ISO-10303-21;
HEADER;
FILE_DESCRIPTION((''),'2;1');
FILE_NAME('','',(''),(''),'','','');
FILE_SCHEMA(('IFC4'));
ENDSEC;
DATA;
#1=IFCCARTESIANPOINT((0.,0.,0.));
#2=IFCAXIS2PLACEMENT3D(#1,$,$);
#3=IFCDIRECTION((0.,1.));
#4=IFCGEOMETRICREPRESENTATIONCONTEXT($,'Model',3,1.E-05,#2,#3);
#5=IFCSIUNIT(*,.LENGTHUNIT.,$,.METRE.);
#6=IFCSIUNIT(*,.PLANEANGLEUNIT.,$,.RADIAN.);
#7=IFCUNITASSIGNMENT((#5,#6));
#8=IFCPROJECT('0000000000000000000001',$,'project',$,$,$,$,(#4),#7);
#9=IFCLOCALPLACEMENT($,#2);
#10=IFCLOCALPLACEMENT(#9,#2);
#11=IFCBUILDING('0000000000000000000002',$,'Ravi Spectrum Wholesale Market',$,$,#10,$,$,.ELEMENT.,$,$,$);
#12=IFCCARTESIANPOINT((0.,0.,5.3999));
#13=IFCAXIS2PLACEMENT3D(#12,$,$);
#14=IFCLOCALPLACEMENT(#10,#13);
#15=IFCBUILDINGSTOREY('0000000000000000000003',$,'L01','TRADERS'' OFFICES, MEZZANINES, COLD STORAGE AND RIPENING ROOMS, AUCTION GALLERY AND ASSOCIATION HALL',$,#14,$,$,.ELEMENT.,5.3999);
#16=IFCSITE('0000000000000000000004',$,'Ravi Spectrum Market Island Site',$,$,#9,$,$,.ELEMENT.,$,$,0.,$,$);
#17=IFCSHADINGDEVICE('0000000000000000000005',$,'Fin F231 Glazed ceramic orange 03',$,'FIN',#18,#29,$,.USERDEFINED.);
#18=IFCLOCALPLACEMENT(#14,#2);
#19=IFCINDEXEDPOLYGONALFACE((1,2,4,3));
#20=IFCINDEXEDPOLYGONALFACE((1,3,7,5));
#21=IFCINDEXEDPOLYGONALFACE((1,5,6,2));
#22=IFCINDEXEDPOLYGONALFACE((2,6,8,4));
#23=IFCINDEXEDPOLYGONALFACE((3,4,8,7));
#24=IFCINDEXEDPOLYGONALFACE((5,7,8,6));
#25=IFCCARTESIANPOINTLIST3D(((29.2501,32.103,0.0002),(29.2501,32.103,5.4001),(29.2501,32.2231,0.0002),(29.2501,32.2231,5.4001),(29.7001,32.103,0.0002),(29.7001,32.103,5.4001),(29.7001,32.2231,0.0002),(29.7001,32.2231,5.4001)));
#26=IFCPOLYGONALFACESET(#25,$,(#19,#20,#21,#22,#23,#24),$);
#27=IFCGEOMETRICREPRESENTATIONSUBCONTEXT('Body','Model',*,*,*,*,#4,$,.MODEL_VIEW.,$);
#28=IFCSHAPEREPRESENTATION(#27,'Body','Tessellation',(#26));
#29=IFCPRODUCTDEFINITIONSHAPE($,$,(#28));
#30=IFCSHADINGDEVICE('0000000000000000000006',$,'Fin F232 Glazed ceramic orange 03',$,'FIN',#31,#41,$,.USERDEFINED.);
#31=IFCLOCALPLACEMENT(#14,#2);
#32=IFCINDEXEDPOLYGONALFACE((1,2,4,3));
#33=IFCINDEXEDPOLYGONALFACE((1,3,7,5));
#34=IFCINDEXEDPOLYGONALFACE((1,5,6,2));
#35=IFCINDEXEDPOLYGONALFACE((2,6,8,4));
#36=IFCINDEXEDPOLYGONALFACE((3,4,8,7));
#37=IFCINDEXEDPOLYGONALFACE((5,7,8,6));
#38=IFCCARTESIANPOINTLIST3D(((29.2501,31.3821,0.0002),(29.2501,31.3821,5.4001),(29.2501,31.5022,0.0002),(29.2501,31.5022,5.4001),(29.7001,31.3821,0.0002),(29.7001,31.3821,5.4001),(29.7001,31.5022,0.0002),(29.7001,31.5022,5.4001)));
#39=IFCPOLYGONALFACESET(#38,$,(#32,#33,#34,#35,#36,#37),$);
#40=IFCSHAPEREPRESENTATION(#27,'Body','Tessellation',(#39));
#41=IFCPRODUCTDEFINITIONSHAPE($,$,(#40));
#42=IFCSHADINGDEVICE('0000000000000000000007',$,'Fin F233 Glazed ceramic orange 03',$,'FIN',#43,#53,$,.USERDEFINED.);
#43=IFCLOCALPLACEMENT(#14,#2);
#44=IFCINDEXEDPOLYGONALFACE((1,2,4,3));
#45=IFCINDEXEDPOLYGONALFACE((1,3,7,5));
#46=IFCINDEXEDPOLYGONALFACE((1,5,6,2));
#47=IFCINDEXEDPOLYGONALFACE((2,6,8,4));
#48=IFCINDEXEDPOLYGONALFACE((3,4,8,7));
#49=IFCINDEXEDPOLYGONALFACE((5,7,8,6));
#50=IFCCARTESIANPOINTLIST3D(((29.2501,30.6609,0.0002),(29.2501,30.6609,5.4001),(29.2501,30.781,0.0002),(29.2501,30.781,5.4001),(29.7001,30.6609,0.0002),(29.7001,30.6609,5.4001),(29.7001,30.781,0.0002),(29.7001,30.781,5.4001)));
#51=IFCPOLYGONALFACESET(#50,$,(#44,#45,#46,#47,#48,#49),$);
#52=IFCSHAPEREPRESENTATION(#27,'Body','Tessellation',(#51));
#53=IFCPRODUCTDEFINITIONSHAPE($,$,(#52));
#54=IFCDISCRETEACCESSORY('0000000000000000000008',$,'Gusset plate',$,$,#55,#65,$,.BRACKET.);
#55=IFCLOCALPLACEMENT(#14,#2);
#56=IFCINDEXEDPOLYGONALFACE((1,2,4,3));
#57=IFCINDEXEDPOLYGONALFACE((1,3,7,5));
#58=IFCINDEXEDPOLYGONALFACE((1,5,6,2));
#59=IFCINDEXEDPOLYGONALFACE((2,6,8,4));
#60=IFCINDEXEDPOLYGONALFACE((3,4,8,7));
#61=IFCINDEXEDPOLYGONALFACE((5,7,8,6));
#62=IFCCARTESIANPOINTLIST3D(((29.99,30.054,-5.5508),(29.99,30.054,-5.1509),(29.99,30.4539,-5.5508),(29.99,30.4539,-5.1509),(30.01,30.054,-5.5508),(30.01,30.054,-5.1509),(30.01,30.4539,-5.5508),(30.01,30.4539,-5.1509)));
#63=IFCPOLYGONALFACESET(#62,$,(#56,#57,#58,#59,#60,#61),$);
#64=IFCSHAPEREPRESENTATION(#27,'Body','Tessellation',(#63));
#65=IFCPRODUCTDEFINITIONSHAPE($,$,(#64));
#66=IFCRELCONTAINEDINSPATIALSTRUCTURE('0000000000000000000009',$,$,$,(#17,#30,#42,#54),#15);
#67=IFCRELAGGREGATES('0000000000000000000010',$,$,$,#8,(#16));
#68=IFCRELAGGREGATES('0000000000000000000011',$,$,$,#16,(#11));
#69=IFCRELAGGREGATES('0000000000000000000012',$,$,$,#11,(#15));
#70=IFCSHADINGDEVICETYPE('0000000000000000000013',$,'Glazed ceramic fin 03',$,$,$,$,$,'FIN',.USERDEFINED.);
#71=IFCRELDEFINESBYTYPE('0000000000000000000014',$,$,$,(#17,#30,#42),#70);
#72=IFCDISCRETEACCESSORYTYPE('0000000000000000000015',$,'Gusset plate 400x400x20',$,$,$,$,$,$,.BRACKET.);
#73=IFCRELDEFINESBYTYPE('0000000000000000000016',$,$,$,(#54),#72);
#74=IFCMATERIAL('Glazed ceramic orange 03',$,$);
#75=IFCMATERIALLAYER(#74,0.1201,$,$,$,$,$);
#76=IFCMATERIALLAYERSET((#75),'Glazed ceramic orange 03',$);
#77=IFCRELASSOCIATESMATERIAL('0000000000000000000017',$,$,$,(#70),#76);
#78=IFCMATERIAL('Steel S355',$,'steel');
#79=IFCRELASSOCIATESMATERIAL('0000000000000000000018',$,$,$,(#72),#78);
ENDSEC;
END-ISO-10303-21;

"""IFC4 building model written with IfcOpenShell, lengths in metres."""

from ifc_helpers import new_model, si_unit, direction, frame, origin, origin_2d, place, context, subcontext, project, spatial, rectangle, extrude, material, layer, layer_set, material_profile, profile_set, type_object, element, save


model = new_model("IFC4")

# Units and contexts
model_context = context("Model", 3, precision=1e-05, world=origin(), true_north=direction((0.0, 1.0)))
body_context = subcontext(model_context, "Body", "Model", "MODEL_VIEW")
ifc_project = project(units=[si_unit("LENGTHUNIT", "METRE"), si_unit("PLANEANGLEUNIT", "RADIAN")], contexts=[model_context])

# Site, building, storey
site_placement = place(None, origin())
site = spatial("IfcSite", under=ifc_project, at=site_placement, Name="Ravi Spectrum Market Island Site", CompositionType="ELEMENT", RefElevation=0.0)
building_placement = place(site_placement, origin())
building = spatial("IfcBuilding", under=site, at=building_placement, Name="Ravi Spectrum Wholesale Market", CompositionType="ELEMENT")
storey_placement = place(building_placement, frame((0.0, 0.0, 5.3999)))
storey = spatial("IfcBuildingStorey", under=building, at=storey_placement, Name="L01", Description="TRADERS' OFFICES, MEZZANINES, COLD STORAGE AND RIPENING ROOMS, AUCTION GALLERY AND ASSOCIATION HALL", CompositionType="ELEMENT", Elevation=5.3999)

# Shading devices
ifc_material_1 = material(Name="Glazed ceramic orange 03")
ifc_layer_1 = layer(ifc_material_1, 0.1201)
ifc_layer_set_1 = layer_set([ifc_layer_1], Name="Glazed ceramic orange 03")
shading_device_type = type_object("IfcShadingDeviceType", Name="Glazed ceramic fin 03", ElementType="FIN", PredefinedType="USERDEFINED", material=ifc_layer_set_1)
for number, where, z_axis, x_axis, name in (
    (1, (29.4751, 32.1631, 0.0002), (0.0, 0.0, 1.0), (0.0, -1.0, 0.0), "Fin F231 Glazed ceramic orange 03"),
    (2, (29.4751, 31.4421, 0.0002), (0.0, 0.0, 1.0), (0.0, -1.0, 0.0), "Fin F232 Glazed ceramic orange 03"),
    (3, (29.4751, 30.7209, 0.0002), (0.0, 0.0, 1.0), (0.0, -1.0, 0.0), "Fin F233 Glazed ceramic orange 03"),
):
    element("IfcShadingDevice", number, at=place(storey_placement, frame(where, z_axis=z_axis, x_axis=x_axis)), inside=storey, type_object=shading_device_type, Name=name, ObjectType="FIN", PredefinedType="USERDEFINED", context=body_context, shape_type="SweptSolid", body=[
        extrude(rectangle(XDim=0.1201, YDim=0.45, at=origin_2d()), origin(), (0.0, 0.0, 1.0), 5.3999),
    ])

# Discrete accessory
ifc_material_2 = material(Name="Steel S355", Category="steel")
ifc_material_profile_1 = material_profile(ifc_material_2, rectangle(XDim=0.3999, YDim=0.02, at=origin_2d()))
ifc_profile_set_1 = profile_set([ifc_material_profile_1], Name="Steel S355")
discrete_accessory_type = type_object("IfcDiscreteAccessoryType", Name="Gusset plate 400x400x20", PredefinedType="BRACKET", material=ifc_profile_set_1)
discrete_accessory_placement = place(storey_placement, frame((30.0, 30.2539, -5.5508), z_axis=(0.0, 0.0, 1.0), x_axis=(0.0, 1.0, 0.0)))
element("IfcDiscreteAccessory", 4, at=discrete_accessory_placement, inside=storey, type_object=discrete_accessory_type, Name="Gusset plate", PredefinedType="BRACKET", context=body_context, shape_type="SweptSolid", body=[
    extrude(rectangle(XDim=0.3999, YDim=0.02, at=origin_2d()), origin(), (0.0, 0.0, 1.0), 0.3999),
])

save(model, "model.ifc")
